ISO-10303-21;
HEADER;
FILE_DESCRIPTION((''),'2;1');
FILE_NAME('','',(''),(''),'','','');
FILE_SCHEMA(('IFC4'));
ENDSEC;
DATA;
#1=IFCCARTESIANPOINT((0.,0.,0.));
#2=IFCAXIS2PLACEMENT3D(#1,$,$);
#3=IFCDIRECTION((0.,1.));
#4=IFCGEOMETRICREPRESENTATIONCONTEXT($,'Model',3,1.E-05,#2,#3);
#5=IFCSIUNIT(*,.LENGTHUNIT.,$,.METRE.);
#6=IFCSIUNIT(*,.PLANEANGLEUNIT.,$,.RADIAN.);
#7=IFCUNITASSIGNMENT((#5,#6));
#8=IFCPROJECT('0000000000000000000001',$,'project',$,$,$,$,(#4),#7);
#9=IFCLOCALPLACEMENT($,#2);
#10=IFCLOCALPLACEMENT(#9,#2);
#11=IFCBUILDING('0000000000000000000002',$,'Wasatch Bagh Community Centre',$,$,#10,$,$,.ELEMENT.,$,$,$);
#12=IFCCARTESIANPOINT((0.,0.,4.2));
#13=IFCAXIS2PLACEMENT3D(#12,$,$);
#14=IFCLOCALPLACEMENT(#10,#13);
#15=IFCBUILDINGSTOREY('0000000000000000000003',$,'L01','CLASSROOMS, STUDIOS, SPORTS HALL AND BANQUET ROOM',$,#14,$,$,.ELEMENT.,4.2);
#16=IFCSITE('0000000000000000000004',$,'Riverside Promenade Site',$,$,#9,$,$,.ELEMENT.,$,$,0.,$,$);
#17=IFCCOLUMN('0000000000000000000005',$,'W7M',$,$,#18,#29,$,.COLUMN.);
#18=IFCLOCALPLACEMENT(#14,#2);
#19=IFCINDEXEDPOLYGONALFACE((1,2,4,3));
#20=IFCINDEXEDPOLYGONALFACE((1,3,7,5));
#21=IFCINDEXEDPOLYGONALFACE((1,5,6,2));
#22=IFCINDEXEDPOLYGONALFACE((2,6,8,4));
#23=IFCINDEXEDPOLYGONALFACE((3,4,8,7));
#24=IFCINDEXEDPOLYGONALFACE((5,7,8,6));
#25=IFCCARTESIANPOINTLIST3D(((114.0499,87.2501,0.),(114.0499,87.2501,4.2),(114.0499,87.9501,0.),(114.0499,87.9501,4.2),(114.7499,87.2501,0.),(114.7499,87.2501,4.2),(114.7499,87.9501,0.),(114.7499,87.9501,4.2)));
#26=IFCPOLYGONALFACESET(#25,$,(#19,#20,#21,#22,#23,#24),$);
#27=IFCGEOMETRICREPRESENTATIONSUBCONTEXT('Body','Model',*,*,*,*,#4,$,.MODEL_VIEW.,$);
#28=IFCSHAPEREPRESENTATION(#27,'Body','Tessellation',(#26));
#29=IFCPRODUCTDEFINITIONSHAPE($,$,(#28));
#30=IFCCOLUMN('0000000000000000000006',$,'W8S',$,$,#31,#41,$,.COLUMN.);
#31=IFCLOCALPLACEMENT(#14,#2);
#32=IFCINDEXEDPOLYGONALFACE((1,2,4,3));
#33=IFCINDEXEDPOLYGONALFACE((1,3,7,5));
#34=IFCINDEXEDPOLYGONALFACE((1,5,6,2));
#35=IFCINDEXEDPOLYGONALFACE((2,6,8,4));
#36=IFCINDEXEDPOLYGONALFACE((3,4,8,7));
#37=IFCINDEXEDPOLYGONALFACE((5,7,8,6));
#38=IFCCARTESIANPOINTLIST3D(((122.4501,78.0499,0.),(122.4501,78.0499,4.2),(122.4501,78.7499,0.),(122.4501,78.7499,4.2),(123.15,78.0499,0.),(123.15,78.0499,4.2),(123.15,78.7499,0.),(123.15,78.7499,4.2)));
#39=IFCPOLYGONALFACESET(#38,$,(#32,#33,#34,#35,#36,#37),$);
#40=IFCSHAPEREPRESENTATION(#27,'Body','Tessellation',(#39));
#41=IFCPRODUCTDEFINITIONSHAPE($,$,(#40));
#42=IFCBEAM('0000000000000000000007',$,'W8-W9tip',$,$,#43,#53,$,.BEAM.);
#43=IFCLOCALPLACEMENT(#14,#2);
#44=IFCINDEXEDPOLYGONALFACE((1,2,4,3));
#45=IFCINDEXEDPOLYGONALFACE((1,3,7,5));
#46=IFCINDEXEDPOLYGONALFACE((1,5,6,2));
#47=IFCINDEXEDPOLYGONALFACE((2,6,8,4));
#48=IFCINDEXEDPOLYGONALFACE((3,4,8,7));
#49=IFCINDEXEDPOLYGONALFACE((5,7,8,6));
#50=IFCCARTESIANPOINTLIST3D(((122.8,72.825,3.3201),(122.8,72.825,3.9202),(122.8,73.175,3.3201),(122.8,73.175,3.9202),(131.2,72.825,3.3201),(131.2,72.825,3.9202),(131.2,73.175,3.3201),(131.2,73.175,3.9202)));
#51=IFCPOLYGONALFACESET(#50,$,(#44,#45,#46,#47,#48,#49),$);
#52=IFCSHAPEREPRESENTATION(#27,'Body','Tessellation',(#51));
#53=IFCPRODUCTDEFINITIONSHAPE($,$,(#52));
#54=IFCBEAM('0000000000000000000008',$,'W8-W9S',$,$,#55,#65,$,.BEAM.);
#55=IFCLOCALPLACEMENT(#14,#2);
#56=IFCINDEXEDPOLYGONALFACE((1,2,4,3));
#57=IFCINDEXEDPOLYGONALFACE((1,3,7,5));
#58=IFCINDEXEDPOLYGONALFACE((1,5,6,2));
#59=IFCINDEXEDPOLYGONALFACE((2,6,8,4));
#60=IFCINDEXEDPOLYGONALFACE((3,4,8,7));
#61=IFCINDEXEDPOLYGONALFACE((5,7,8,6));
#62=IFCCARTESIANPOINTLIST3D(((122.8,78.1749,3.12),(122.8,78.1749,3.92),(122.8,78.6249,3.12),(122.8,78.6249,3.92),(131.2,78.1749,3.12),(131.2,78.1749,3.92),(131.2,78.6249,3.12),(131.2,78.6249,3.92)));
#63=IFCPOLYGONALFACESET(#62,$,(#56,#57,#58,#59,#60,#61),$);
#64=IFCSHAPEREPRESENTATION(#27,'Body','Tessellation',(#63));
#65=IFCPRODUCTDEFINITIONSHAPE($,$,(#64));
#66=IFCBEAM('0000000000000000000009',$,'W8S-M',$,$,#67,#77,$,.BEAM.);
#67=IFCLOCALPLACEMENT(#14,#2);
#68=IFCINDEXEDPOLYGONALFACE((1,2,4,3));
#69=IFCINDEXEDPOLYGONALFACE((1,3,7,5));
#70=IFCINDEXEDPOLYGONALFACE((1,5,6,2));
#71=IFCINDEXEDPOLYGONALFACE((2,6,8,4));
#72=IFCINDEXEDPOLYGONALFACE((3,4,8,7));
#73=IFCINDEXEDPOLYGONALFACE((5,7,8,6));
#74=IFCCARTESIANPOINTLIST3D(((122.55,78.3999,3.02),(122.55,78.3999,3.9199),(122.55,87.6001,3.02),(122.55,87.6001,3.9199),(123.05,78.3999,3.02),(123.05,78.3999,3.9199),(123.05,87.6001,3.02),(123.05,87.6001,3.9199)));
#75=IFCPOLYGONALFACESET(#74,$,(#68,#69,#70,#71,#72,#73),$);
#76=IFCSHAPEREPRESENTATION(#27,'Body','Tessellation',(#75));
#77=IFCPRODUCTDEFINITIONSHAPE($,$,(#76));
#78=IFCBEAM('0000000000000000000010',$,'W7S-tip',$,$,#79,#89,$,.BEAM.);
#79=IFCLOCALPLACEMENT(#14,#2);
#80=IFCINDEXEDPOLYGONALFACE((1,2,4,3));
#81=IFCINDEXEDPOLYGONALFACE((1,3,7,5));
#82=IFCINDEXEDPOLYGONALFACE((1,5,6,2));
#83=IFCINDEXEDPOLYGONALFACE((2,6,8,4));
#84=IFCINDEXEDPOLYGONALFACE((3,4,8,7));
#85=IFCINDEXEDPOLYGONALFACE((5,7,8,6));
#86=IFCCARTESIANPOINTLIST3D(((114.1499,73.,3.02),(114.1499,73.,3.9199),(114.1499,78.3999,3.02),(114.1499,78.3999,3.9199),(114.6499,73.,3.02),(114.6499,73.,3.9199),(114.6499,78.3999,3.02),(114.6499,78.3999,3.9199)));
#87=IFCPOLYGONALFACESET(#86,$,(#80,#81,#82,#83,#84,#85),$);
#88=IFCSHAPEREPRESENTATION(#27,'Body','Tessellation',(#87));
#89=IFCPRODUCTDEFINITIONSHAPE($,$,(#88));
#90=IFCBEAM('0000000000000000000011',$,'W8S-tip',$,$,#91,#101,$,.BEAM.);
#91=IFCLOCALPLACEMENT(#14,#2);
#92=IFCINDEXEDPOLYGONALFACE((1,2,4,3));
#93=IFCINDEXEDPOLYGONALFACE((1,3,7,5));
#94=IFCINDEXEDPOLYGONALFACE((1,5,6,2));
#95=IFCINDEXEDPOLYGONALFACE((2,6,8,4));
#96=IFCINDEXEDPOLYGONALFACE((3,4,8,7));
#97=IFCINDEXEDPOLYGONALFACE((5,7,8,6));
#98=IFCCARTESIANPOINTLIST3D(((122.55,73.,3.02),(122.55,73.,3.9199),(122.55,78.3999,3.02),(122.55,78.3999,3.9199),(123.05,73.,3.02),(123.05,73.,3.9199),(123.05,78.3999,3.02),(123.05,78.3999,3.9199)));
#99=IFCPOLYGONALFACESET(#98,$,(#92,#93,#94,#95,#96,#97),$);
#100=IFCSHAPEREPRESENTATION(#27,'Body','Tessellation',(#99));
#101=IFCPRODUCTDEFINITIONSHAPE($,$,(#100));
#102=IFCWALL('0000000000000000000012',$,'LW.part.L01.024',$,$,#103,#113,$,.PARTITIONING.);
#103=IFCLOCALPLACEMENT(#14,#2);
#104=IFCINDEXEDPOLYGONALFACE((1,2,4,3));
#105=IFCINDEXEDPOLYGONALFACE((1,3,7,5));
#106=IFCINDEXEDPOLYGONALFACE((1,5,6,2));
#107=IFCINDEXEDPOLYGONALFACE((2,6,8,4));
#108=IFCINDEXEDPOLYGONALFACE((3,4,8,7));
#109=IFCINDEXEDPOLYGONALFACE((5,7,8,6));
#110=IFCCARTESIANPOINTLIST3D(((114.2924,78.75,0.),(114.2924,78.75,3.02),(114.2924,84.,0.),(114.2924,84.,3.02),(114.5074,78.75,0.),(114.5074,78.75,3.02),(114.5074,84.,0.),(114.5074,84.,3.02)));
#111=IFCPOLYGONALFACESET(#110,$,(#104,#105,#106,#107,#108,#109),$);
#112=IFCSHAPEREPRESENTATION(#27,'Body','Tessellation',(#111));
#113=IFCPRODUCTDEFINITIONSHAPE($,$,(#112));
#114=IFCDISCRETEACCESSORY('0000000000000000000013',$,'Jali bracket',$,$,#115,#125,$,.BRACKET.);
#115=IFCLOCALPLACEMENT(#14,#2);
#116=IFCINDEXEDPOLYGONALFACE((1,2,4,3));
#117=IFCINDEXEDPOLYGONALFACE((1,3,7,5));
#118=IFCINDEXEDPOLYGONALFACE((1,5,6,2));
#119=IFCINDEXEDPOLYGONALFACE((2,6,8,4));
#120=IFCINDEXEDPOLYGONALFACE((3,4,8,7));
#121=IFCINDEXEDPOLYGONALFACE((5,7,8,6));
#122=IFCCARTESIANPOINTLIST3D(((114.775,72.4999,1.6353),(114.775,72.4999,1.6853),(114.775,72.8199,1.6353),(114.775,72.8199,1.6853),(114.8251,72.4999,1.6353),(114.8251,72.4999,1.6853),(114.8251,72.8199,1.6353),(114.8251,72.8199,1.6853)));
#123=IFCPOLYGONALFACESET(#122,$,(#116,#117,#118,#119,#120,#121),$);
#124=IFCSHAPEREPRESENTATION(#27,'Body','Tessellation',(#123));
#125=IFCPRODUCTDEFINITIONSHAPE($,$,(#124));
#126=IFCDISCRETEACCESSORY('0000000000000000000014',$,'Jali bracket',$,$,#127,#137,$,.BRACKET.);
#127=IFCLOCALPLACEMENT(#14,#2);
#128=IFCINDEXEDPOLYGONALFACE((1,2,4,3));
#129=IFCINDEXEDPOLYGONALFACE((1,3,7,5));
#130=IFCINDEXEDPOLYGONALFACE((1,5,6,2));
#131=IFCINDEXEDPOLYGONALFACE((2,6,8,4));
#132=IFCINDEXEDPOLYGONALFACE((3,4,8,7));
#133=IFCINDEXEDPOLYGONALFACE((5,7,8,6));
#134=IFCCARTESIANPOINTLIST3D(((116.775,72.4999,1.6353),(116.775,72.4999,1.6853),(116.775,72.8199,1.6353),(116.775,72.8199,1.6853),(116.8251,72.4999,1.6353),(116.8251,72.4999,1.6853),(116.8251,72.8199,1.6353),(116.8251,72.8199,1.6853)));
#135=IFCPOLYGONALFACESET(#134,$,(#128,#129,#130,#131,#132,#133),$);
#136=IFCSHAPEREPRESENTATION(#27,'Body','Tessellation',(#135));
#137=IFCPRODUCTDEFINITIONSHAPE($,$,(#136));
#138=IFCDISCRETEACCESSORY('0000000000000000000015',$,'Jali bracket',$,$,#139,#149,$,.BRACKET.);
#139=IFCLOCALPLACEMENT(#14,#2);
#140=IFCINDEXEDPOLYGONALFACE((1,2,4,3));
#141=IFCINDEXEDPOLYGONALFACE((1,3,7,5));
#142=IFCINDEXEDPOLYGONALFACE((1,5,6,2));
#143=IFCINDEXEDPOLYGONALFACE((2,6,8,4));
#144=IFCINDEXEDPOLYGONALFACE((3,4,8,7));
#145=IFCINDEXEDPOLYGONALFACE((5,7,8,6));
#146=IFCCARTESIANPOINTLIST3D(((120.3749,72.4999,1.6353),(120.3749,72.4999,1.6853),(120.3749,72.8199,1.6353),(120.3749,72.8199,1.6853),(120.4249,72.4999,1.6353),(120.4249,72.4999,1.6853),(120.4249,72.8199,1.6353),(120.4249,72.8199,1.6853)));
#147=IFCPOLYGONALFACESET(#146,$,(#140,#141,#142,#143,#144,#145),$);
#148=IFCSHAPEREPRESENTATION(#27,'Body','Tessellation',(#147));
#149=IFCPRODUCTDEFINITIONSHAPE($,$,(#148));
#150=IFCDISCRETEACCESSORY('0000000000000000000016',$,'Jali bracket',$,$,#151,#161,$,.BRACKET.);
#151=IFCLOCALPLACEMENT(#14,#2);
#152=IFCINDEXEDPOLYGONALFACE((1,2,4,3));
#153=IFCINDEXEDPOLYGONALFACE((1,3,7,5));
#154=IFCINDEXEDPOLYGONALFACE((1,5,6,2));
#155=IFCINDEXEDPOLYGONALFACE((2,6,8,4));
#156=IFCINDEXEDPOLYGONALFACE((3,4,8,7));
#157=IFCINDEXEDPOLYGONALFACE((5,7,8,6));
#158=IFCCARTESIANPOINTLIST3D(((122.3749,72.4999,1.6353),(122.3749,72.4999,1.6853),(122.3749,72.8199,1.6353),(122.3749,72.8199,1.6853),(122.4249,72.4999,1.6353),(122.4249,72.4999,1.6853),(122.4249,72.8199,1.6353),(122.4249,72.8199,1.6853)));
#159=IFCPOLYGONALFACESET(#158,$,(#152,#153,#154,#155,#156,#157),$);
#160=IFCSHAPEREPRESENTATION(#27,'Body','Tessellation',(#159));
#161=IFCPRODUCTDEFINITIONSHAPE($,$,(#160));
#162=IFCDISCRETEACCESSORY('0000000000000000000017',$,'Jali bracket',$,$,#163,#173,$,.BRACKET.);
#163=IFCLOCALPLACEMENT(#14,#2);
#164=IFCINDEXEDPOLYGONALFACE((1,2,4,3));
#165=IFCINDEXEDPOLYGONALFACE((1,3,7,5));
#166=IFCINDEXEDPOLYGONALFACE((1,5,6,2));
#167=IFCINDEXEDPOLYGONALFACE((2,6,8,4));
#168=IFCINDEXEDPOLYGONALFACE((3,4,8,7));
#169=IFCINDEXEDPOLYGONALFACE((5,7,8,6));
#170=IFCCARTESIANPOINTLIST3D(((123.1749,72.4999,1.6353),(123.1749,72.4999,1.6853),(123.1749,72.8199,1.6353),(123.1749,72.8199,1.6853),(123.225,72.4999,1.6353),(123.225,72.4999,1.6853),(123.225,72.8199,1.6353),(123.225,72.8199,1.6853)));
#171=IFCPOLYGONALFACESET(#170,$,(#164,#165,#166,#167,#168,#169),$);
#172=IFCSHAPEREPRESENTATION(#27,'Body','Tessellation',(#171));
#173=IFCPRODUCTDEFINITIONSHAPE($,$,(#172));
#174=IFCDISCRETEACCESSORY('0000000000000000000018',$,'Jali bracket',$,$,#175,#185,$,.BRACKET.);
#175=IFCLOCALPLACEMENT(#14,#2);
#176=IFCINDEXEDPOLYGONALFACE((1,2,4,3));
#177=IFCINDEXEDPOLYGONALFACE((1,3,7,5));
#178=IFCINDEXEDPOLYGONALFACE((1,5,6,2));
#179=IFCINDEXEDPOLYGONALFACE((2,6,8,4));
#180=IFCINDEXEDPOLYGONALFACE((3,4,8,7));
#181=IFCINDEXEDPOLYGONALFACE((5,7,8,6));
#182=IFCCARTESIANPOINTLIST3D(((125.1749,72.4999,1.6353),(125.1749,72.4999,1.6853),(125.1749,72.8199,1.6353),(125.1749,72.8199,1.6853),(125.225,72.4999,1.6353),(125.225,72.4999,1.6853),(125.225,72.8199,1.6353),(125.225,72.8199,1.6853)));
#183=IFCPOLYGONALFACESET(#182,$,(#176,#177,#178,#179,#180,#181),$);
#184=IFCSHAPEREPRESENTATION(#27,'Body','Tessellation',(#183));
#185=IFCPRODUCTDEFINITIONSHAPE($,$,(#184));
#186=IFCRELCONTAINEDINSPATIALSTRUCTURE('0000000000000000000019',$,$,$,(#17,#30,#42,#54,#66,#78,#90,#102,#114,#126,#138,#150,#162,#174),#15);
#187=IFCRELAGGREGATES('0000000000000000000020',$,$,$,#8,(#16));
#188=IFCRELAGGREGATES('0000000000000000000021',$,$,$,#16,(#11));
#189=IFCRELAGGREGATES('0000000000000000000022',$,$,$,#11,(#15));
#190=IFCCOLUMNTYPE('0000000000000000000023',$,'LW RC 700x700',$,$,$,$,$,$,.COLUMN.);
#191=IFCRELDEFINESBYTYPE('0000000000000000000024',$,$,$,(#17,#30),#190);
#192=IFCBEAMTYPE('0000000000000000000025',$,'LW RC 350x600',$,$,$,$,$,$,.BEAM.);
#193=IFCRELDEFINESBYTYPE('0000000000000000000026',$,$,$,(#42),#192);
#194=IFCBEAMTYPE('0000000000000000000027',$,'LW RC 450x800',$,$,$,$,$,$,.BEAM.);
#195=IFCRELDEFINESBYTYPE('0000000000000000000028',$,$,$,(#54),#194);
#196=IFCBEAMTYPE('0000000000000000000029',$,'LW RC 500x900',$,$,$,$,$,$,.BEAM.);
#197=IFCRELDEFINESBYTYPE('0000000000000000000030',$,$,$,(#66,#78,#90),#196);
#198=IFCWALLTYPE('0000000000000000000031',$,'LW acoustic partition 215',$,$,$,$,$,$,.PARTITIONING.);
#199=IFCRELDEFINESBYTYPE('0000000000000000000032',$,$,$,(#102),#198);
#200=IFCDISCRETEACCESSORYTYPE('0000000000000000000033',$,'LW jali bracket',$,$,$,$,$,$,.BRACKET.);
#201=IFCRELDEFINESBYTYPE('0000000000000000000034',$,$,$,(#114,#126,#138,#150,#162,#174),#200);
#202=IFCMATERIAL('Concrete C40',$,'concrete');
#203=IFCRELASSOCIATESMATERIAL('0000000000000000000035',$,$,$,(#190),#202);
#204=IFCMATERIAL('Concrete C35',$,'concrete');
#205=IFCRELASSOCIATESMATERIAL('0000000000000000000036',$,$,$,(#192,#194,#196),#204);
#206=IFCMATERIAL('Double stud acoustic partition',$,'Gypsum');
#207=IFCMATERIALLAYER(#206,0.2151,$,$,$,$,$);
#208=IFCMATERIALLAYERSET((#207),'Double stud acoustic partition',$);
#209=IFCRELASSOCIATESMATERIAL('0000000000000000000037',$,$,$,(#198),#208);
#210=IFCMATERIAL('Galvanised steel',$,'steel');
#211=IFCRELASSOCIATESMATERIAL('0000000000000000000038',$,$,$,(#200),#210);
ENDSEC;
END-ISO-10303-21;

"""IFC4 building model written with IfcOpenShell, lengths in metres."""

from ifc_helpers import new_model, si_unit, direction, frame, frame_2d, origin, origin_2d, place, context, subcontext, project, spatial, rectangle, extrude, material, layer, layer_set, material_profile, profile_set, type_object, element, save


model = new_model("IFC4")

# Units and contexts
model_context = context("Model", 3, precision=1e-05, world=origin(), true_north=direction((0.0, 1.0)))
body_context = subcontext(model_context, "Body", "Model", "MODEL_VIEW")
ifc_project = project(units=[si_unit("LENGTHUNIT", "METRE"), si_unit("PLANEANGLEUNIT", "RADIAN")], contexts=[model_context])

# Site, building, storey
site_placement = place(None, origin())
site = spatial("IfcSite", under=ifc_project, at=site_placement, Name="Riverside Promenade Site", CompositionType="ELEMENT", RefElevation=0.0)
building_placement = place(site_placement, origin())
building = spatial("IfcBuilding", under=site, at=building_placement, Name="Wasatch Bagh Community Centre", CompositionType="ELEMENT")
storey_placement = place(building_placement, frame((0.0, 0.0, 4.2)))
storey = spatial("IfcBuildingStorey", under=building, at=storey_placement, Name="L01", Description="CLASSROOMS, STUDIOS, SPORTS HALL AND BANQUET ROOM", CompositionType="ELEMENT", Elevation=4.2)

# Columns
ifc_material_1 = material(Name="Concrete C40", Category="concrete")
ifc_material_profile_1 = material_profile(ifc_material_1, rectangle(XDim=0.7, YDim=0.7, at=origin_2d()), Name="RC 700x700")
ifc_profile_set_1 = profile_set([ifc_material_profile_1], Name="Concrete C40")
column_type = type_object("IfcColumnType", Name="LW RC 700x700", PredefinedType="COLUMN", material=ifc_profile_set_1)
for number, where, z_axis, x_axis, name in (
    (1, (114.3999, 87.6001, 0.0), (0.0, 0.0, 1.0), (1.0, 0.0, 0.0), "W7M"),
    (2, (122.8, 78.3999, 0.0), (0.0, 0.0, 1.0), (1.0, 0.0, 0.0), "W8S"),
):
    element("IfcColumn", number, at=place(storey_placement, frame(where, z_axis=z_axis, x_axis=x_axis)), inside=storey, type_object=column_type, Name=name, PredefinedType="COLUMN", context=body_context, shape_type="SweptSolid", body=[
        extrude(rectangle(XDim=0.7, YDim=0.7, at=origin_2d()), origin(), (0.0, 0.0, 1.0), 4.2),
    ])

# Beams
ifc_material_2 = material(Name="Concrete C35", Category="concrete")
ifc_material_profile_2 = material_profile(ifc_material_2, rectangle(XDim=0.3501, YDim=0.6001, at=origin_2d()), Name="RC 350x600")
ifc_profile_set_2 = profile_set([ifc_material_profile_2], Name="Concrete C35")
beam_type_1 = type_object("IfcBeamType", Name="LW RC 350x600", PredefinedType="BEAM", material=ifc_profile_set_2)
beam_1_placement = place(storey_placement, frame((122.8, 73.0, 3.6201), z_axis=(1.0, 0.0, 0.0), x_axis=(0.0, 1.0, 0.0)))
element("IfcBeam", 3, at=beam_1_placement, inside=storey, type_object=beam_type_1, Name="W8-W9tip", PredefinedType="BEAM", context=body_context, shape_type="SweptSolid", body=[
    extrude(rectangle(XDim=0.3501, YDim=0.6001, at=origin_2d()), origin(), (0.0, 0.0, 1.0), 8.3999),
])
ifc_material_profile_3 = material_profile(ifc_material_2, rectangle(XDim=0.45, YDim=0.8, at=origin_2d()), Name="RC 450x800")
ifc_profile_set_3 = profile_set([ifc_material_profile_3], Name="Concrete C35")
beam_type_2 = type_object("IfcBeamType", Name="LW RC 450x800", PredefinedType="BEAM", material=ifc_profile_set_3)
beam_2_placement = place(storey_placement, frame((122.8, 78.3999, 3.52), z_axis=(1.0, 0.0, 0.0), x_axis=(0.0, 1.0, 0.0)))
element("IfcBeam", 4, at=beam_2_placement, inside=storey, type_object=beam_type_2, Name="W8-W9S", PredefinedType="BEAM", context=body_context, shape_type="SweptSolid", body=[
    extrude(rectangle(XDim=0.45, YDim=0.8, at=origin_2d()), origin(), (0.0, 0.0, 1.0), 8.3999),
])
ifc_material_profile_4 = material_profile(ifc_material_2, rectangle(XDim=0.5, YDim=0.8999, at=origin_2d()), Name="RC 500x900")
ifc_profile_set_4 = profile_set([ifc_material_profile_4], Name="Concrete C35")
beam_type_3 = type_object("IfcBeamType", Name="LW RC 500x900", PredefinedType="BEAM", material=ifc_profile_set_4)
beam_3_placement = place(storey_placement, frame((122.8, 78.3999, 3.47), z_axis=(0.0, 1.0, 0.0), x_axis=(-1.0, 0.0, 0.0)))
element("IfcBeam", 5, at=beam_3_placement, inside=storey, type_object=beam_type_3, Name="W8S-M", PredefinedType="BEAM", context=body_context, shape_type="SweptSolid", body=[
    extrude(rectangle(XDim=0.5, YDim=0.8999, at=origin_2d()), origin(), (0.0, 0.0, 1.0), 9.2002),
])
for number, where, z_axis, x_axis, name in (
    (6, (114.3999, 78.3999, 3.47), (0.0, -1.0, 0.0), (1.0, 0.0, 0.0), "W7S-tip"),
    (7, (122.8, 78.3999, 3.47), (0.0, -1.0, 0.0), (1.0, 0.0, 0.0), "W8S-tip"),
):
    element("IfcBeam", number, at=place(storey_placement, frame(where, z_axis=z_axis, x_axis=x_axis)), inside=storey, type_object=beam_type_3, Name=name, PredefinedType="BEAM", context=body_context, shape_type="SweptSolid", body=[
        extrude(rectangle(XDim=0.5, YDim=0.8999, at=origin_2d()), origin(), (0.0, 0.0, 1.0), 5.3999),
    ])

# Wall
ifc_material_3 = material(Name="Double stud acoustic partition", Category="Gypsum")
ifc_layer_1 = layer(ifc_material_3, 0.2151)
ifc_layer_set_1 = layer_set([ifc_layer_1], Name="Double stud acoustic partition")
wall_type_1 = type_object("IfcWallType", Name="LW acoustic partition 215", PredefinedType="PARTITIONING", material=ifc_layer_set_1)
wall_1_placement = place(storey_placement, frame((114.3999, 78.75, 0.0), z_axis=(0.0, 0.0, 1.0), x_axis=(0.0, 1.0, 0.0)))
element("IfcWall", 8, at=wall_1_placement, inside=storey, type_object=wall_type_1, Name="LW.part.L01.024", PredefinedType="PARTITIONING", context=body_context, shape_type="SweptSolid", body=[
    extrude(rectangle(XDim=5.25, YDim=0.2151, at=frame_2d((2.625, 0.0))), origin(), (0.0, 0.0, 1.0), 3.02),
])

# Discrete accessories
ifc_material_4 = material(Name="Galvanised steel", Category="steel")
discrete_accessory_type = type_object("IfcDiscreteAccessoryType", Name="LW jali bracket", PredefinedType="BRACKET", material=ifc_material_4)
for number, where, z_axis, x_axis, name in (
    (9, (114.8, 72.6599, 1.6353), (0.0, 0.0, 1.0), (1.0, 0.0, 0.0), "Jali bracket"),
    (10, (116.8, 72.6599, 1.6353), (0.0, 0.0, 1.0), (1.0, 0.0, 0.0), "Jali bracket"),
    (11, (120.3999, 72.6599, 1.6353), (0.0, 0.0, 1.0), (1.0, 0.0, 0.0), "Jali bracket"),
    (12, (122.3999, 72.6599, 1.6353), (0.0, 0.0, 1.0), (1.0, 0.0, 0.0), "Jali bracket"),
    (13, (123.2, 72.6599, 1.6353), (0.0, 0.0, 1.0), (1.0, 0.0, 0.0), "Jali bracket"),
    (14, (125.2, 72.6599, 1.6353), (0.0, 0.0, 1.0), (1.0, 0.0, 0.0), "Jali bracket"),
):
    element("IfcDiscreteAccessory", number, at=place(storey_placement, frame(where, z_axis=z_axis, x_axis=x_axis)), inside=storey, type_object=discrete_accessory_type, Name=name, PredefinedType="BRACKET", context=body_context, shape_type="SweptSolid", body=[
        extrude(rectangle(XDim=0.05, YDim=0.3201, at=origin_2d()), origin(), (0.0, 0.0, 1.0), 0.05),
    ])

save(model, "model.ifc")
